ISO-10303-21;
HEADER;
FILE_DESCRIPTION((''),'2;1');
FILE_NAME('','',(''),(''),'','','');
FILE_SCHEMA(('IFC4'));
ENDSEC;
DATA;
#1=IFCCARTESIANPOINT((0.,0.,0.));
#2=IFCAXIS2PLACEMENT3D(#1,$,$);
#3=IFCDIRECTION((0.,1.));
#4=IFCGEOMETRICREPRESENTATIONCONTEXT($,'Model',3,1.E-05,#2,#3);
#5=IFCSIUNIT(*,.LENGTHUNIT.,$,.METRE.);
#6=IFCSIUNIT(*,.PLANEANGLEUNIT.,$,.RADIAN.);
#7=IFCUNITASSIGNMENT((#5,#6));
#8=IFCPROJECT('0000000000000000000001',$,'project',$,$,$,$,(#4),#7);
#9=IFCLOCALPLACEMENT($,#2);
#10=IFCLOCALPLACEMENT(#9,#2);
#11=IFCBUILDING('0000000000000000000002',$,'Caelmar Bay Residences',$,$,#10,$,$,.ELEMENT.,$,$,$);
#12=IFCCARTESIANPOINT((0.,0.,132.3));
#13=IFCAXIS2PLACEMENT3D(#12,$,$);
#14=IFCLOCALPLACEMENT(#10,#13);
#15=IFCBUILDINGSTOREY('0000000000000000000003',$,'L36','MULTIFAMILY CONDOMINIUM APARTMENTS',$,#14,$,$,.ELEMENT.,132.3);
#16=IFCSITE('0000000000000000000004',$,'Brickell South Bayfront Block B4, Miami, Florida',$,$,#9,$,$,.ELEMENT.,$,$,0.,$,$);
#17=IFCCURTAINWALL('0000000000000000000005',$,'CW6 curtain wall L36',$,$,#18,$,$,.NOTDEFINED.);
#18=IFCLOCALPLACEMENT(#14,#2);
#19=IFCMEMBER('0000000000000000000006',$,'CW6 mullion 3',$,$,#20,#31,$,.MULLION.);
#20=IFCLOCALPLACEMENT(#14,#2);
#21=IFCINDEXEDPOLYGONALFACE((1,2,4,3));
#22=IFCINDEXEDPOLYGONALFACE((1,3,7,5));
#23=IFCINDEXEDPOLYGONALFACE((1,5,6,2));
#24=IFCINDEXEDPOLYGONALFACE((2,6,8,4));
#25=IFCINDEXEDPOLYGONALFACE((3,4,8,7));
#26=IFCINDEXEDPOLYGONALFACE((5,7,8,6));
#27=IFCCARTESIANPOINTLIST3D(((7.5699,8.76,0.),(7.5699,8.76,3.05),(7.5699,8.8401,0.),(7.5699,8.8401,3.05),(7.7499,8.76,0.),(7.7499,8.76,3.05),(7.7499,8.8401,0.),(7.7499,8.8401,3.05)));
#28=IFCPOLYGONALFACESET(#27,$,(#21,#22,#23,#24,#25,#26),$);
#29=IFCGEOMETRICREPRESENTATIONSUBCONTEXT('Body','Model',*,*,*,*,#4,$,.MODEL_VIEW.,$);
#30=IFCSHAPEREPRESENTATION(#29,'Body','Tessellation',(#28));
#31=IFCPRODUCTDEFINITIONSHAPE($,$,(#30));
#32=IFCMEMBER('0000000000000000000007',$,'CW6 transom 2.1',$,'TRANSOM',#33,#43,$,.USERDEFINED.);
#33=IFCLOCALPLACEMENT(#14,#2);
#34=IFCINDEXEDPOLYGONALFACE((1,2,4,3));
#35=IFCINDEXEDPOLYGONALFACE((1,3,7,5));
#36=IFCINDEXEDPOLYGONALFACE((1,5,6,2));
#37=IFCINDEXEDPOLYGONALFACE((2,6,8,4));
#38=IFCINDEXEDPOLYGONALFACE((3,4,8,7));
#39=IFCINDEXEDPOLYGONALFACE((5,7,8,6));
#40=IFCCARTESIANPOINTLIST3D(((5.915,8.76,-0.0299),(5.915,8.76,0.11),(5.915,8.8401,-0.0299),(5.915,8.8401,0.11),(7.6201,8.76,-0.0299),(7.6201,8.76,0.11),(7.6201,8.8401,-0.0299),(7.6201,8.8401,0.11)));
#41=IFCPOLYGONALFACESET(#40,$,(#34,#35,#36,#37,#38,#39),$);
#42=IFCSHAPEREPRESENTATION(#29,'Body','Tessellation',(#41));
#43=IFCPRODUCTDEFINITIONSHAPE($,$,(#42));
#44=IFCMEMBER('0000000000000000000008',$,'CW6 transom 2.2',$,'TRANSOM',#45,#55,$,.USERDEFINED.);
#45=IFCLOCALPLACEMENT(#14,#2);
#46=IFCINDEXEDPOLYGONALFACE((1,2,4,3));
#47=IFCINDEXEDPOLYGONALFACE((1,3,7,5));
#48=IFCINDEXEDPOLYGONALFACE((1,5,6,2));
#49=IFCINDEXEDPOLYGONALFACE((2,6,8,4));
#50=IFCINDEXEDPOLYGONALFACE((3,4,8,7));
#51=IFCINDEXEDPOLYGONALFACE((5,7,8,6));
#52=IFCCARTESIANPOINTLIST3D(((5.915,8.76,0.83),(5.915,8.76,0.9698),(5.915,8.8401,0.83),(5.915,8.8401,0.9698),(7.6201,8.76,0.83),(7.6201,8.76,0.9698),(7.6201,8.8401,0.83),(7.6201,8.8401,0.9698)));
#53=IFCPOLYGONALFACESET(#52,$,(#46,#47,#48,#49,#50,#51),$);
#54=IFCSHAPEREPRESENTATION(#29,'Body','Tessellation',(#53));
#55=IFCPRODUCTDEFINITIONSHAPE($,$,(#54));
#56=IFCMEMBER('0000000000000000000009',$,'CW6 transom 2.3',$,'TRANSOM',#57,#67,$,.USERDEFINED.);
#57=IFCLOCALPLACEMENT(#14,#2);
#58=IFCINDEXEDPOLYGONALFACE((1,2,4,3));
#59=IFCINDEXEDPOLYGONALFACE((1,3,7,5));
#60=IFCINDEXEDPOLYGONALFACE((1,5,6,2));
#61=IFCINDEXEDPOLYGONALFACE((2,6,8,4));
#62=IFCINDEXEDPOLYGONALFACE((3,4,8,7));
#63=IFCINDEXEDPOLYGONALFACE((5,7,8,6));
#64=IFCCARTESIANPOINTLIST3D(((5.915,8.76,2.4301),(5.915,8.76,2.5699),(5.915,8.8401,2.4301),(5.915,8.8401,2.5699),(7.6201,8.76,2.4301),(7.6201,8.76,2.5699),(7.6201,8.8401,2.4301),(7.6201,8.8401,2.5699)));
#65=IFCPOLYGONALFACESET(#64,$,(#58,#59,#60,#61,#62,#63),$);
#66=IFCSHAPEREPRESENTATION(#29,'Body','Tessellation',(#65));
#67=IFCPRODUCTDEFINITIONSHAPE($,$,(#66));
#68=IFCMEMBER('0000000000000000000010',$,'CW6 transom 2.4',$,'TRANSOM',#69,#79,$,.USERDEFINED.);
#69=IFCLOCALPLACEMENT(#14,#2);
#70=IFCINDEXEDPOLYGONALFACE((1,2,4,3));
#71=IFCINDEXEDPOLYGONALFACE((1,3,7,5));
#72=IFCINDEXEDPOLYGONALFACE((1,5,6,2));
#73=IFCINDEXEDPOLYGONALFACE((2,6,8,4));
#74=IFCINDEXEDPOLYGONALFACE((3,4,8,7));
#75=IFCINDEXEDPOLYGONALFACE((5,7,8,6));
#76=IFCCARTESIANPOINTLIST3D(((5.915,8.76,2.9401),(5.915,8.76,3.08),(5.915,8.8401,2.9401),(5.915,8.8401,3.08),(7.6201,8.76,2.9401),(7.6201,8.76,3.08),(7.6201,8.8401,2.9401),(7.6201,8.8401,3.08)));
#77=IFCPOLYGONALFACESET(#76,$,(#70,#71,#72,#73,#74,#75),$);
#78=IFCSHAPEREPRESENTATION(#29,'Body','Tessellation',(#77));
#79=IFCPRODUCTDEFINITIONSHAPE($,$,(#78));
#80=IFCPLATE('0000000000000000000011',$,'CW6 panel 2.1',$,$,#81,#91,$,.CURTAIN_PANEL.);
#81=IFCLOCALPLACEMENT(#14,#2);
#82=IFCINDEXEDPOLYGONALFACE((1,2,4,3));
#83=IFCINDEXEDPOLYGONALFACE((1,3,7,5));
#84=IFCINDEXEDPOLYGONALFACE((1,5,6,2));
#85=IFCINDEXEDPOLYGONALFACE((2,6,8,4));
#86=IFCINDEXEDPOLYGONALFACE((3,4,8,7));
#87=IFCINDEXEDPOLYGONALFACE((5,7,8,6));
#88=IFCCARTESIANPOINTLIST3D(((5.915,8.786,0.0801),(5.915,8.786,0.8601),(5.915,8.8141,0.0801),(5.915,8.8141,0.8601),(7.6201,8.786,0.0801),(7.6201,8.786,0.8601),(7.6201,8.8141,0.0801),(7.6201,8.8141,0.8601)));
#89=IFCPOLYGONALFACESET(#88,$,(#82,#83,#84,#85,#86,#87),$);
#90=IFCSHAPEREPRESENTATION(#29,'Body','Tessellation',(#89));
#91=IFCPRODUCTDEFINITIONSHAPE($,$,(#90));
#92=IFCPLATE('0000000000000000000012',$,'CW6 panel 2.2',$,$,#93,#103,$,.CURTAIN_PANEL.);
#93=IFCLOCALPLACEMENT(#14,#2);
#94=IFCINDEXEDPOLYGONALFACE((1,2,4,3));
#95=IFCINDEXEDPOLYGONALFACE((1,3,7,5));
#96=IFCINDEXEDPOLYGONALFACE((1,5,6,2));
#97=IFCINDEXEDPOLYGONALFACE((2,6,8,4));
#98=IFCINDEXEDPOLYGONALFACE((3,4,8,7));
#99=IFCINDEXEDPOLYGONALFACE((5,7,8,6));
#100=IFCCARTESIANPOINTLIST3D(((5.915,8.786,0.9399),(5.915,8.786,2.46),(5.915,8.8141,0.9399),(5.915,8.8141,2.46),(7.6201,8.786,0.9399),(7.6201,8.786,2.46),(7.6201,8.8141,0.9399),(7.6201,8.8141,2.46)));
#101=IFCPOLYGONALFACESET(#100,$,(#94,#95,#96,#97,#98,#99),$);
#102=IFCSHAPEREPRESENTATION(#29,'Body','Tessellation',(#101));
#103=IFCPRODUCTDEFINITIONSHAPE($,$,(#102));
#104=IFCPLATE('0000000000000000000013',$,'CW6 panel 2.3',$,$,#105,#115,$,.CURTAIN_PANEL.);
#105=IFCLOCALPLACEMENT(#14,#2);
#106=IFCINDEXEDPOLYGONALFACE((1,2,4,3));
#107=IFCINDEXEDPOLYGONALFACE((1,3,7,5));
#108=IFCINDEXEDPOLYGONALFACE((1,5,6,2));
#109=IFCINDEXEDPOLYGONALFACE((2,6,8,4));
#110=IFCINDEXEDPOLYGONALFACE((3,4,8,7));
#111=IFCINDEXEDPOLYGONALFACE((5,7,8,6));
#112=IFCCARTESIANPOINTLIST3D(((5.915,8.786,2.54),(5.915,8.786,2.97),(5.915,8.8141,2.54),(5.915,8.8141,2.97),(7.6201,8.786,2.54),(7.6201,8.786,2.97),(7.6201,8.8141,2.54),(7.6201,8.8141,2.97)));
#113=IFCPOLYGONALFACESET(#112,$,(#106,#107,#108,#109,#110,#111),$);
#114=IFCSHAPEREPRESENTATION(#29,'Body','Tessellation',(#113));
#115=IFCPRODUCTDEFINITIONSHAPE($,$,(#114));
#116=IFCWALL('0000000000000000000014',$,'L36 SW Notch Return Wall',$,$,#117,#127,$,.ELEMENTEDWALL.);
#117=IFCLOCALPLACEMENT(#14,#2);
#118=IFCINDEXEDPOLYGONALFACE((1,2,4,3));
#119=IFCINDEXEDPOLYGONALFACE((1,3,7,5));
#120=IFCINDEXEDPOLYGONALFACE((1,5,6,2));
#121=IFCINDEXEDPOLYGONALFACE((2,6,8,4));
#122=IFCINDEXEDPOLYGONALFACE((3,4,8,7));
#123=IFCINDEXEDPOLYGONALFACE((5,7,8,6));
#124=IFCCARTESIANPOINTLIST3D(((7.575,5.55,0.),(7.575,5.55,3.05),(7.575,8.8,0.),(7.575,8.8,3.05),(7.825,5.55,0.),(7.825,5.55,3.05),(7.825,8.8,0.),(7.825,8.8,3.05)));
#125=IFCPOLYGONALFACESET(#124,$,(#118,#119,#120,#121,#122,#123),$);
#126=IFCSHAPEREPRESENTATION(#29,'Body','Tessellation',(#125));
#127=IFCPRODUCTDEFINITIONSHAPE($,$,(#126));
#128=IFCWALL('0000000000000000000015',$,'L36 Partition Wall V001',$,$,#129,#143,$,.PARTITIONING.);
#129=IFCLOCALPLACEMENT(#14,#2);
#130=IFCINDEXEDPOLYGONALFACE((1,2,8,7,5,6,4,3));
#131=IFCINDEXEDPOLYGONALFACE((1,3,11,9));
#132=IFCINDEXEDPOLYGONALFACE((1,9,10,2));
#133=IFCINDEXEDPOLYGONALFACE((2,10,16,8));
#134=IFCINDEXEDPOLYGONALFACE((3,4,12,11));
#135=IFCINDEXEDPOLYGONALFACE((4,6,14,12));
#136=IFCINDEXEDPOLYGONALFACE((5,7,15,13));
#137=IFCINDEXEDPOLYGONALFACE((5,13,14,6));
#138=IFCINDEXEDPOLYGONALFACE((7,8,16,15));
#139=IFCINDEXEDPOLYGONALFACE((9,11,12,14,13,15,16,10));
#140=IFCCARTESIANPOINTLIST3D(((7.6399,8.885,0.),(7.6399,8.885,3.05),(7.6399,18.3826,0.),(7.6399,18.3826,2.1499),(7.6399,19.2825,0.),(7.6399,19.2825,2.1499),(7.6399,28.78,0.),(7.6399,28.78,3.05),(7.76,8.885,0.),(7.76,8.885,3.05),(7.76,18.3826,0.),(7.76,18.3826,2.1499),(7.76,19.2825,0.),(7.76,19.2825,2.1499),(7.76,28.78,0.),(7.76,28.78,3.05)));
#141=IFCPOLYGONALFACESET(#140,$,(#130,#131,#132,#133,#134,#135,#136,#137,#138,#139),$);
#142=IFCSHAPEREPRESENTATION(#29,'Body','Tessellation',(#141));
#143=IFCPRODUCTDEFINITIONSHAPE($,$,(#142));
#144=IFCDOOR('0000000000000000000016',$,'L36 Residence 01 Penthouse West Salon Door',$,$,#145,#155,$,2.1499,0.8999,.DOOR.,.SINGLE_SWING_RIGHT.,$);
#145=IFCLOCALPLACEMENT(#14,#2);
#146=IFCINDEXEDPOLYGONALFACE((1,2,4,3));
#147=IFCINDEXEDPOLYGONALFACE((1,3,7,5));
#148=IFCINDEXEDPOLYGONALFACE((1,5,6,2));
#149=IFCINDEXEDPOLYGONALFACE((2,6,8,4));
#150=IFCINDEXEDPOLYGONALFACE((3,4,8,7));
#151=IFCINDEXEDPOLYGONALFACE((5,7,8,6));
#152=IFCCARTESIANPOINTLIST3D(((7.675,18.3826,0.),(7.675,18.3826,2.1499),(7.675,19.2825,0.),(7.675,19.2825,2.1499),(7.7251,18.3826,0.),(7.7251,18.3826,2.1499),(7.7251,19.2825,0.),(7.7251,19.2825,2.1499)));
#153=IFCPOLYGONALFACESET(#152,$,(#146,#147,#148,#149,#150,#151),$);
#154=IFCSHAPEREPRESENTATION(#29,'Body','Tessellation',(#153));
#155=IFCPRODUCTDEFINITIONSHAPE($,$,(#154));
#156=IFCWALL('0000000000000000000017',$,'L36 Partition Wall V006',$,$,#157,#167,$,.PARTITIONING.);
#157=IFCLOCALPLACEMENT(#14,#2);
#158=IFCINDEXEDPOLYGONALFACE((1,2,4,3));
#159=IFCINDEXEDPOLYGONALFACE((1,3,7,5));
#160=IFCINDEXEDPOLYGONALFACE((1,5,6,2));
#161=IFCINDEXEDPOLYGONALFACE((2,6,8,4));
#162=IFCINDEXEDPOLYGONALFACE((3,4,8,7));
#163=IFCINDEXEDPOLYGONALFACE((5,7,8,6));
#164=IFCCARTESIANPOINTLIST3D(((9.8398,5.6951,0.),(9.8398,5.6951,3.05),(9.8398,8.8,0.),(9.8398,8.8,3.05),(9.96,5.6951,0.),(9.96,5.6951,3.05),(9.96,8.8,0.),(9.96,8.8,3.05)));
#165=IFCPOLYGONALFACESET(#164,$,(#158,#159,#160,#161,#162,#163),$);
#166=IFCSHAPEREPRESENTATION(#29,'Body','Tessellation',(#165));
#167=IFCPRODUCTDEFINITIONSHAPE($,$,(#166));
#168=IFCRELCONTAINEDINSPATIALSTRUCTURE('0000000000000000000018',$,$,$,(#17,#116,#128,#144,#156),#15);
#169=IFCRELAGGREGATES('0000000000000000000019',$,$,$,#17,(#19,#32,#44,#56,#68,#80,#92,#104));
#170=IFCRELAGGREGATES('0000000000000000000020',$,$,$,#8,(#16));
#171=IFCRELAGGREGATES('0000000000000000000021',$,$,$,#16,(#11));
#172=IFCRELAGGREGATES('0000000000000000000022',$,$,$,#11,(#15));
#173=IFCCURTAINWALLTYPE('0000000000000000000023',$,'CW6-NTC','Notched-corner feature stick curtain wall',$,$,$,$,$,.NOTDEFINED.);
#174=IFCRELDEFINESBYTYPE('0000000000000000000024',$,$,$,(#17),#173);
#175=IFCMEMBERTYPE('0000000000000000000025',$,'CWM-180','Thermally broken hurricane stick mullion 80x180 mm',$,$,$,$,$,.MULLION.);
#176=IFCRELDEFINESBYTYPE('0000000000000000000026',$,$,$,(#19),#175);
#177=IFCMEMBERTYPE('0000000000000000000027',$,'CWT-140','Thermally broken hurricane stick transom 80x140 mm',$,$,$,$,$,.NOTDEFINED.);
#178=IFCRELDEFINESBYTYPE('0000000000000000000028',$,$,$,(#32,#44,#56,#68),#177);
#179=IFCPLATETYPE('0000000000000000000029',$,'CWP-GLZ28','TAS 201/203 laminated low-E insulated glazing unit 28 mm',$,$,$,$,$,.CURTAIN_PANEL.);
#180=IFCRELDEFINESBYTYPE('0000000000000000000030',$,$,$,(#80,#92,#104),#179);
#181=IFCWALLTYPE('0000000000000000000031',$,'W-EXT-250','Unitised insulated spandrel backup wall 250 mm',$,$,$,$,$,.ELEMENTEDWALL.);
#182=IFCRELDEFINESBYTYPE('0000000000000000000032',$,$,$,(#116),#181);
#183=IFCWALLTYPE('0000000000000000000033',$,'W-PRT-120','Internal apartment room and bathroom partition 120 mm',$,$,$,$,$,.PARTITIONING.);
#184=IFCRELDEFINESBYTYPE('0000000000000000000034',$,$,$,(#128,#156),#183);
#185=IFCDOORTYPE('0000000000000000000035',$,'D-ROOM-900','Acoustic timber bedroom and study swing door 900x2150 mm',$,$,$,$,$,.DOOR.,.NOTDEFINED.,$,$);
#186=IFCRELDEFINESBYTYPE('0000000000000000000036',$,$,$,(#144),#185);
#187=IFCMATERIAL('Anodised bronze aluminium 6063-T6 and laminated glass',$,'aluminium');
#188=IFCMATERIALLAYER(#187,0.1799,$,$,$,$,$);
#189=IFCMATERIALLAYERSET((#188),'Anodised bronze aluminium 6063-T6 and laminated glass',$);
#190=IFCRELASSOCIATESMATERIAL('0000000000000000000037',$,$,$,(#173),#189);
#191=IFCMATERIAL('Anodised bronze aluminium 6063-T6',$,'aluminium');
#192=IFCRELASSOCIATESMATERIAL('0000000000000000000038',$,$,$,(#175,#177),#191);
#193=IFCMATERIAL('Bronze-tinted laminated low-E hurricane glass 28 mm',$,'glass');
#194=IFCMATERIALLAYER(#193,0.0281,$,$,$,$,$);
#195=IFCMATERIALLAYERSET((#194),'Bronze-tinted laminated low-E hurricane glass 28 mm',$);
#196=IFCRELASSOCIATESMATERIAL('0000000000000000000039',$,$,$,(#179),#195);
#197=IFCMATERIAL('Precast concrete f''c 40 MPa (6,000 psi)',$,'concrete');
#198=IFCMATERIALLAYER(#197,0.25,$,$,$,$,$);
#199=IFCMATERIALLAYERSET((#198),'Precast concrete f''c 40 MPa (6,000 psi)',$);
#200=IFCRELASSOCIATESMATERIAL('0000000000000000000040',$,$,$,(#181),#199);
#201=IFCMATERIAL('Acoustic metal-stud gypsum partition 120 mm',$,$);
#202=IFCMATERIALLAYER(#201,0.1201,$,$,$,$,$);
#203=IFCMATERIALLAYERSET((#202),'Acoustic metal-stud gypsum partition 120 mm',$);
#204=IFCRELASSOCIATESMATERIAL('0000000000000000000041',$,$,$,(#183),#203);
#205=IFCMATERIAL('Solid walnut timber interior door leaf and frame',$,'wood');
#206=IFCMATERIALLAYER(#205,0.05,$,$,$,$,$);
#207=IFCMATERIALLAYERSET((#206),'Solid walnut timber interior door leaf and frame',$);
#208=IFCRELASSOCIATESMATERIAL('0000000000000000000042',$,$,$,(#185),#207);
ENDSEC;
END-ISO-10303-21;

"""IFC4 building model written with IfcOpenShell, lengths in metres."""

from ifc_helpers import new_model, si_unit, direction, frame, frame_2d, origin, origin_2d, place, context, subcontext, project, spatial, rectangle, extrude, material, layer, layer_set, material_profile, profile_set, type_object, element, fill, aggregate, save


model = new_model("IFC4")

# Units and contexts
model_context = context("Model", 3, precision=1e-05, world=origin(), true_north=direction((0.0, 1.0)))
body_context = subcontext(model_context, "Body", "Model", "MODEL_VIEW")
ifc_project = project(units=[si_unit("LENGTHUNIT", "METRE"), si_unit("PLANEANGLEUNIT", "RADIAN")], contexts=[model_context])

# Site, building, storey
site_placement = place(None, origin())
site = spatial("IfcSite", under=ifc_project, at=site_placement, Name="Brickell South Bayfront Block B4, Miami, Florida", CompositionType="ELEMENT", RefElevation=0.0)
building_placement = place(site_placement, origin())
building = spatial("IfcBuilding", under=site, at=building_placement, Name="Caelmar Bay Residences", CompositionType="ELEMENT")
storey_placement = place(building_placement, frame((0.0, 0.0, 132.3)))
storey = spatial("IfcBuildingStorey", under=building, at=storey_placement, Name="L36", Description="MULTIFAMILY CONDOMINIUM APARTMENTS", CompositionType="ELEMENT", Elevation=132.3)

# Curtain wall, members, plates
ifc_material_1 = material(Name="Anodised bronze aluminium 6063-T6 and laminated glass", Category="aluminium")
ifc_layer_1 = layer(ifc_material_1, 0.1799)
ifc_layer_set_1 = layer_set([ifc_layer_1], Name="Anodised bronze aluminium 6063-T6 and laminated glass")
curtain_wall_type = type_object("IfcCurtainWallType", Name="CW6-NTC", Description="Notched-corner feature stick curtain wall", PredefinedType="NOTDEFINED", material=ifc_layer_set_1)
curtain_wall_placement = place(storey_placement, origin())
curtain_wall = element("IfcCurtainWall", 1, at=curtain_wall_placement, inside=storey, type_object=curtain_wall_type, Name="CW6 curtain wall L36", PredefinedType="NOTDEFINED")
ifc_material_2 = material(Name="Anodised bronze aluminium 6063-T6", Category="aluminium")
ifc_material_profile_1 = material_profile(ifc_material_2, rectangle(XDim=0.0801, YDim=0.1799, at=origin_2d()), Name="CWM-80X180")
ifc_profile_set_1 = profile_set([ifc_material_profile_1], Name="Anodised bronze aluminium 6063-T6")
member_type_1 = type_object("IfcMemberType", Name="CWM-180", Description="Thermally broken hurricane stick mullion 80x180 mm", PredefinedType="MULLION", material=ifc_profile_set_1)
member_1_placement = place(storey_placement, frame((7.6599, 8.8, 0.0), z_axis=(0.0, 0.0, 1.0), x_axis=(0.0, 1.0, 0.0)))
member_1 = element("IfcMember", 2, at=member_1_placement, type_object=member_type_1, Name="CW6 mullion 3", PredefinedType="MULLION", context=body_context, shape_type="SweptSolid", body=[
    extrude(rectangle(XDim=0.0801, YDim=0.1799, at=origin_2d()), origin(), (0.0, 0.0, 1.0), 3.05),
])
ifc_material_profile_2 = material_profile(ifc_material_2, rectangle(XDim=0.0801, YDim=0.1399, at=origin_2d()), Name="CWT-80X140")
ifc_profile_set_2 = profile_set([ifc_material_profile_2], Name="Anodised bronze aluminium 6063-T6")
member_type_2 = type_object("IfcMemberType", Name="CWT-140", Description="Thermally broken hurricane stick transom 80x140 mm", PredefinedType="NOTDEFINED", material=ifc_profile_set_2)
member_2_placement = place(storey_placement, frame((5.915, 8.8, 0.04), z_axis=(1.0, 0.0, 0.0), x_axis=(0.0, 1.0, 0.0)))
member_2 = element("IfcMember", 3, at=member_2_placement, type_object=member_type_2, Name="CW6 transom 2.1", ObjectType="TRANSOM", PredefinedType="USERDEFINED", context=body_context, shape_type="SweptSolid", body=[
    extrude(rectangle(XDim=0.0801, YDim=0.1399, at=origin_2d()), origin(), (0.0, 0.0, 1.0), 1.7051),
])
member_3_placement = place(storey_placement, frame((5.915, 8.8, 0.8999), z_axis=(1.0, 0.0, 0.0), x_axis=(0.0, 1.0, 0.0)))
member_3 = element("IfcMember", 4, at=member_3_placement, type_object=member_type_2, Name="CW6 transom 2.2", ObjectType="TRANSOM", PredefinedType="USERDEFINED", context=body_context, shape_type="SweptSolid", body=[
    extrude(rectangle(XDim=0.0801, YDim=0.1399, at=origin_2d()), origin(), (0.0, 0.0, 1.0), 1.7051),
])
member_4_placement = place(storey_placement, frame((5.915, 8.8, 2.5), z_axis=(1.0, 0.0, 0.0), x_axis=(0.0, 1.0, 0.0)))
member_4 = element("IfcMember", 5, at=member_4_placement, type_object=member_type_2, Name="CW6 transom 2.3", ObjectType="TRANSOM", PredefinedType="USERDEFINED", context=body_context, shape_type="SweptSolid", body=[
    extrude(rectangle(XDim=0.0801, YDim=0.1399, at=origin_2d()), origin(), (0.0, 0.0, 1.0), 1.7051),
])
member_5_placement = place(storey_placement, frame((5.915, 8.8, 3.01), z_axis=(1.0, 0.0, 0.0), x_axis=(0.0, 1.0, 0.0)))
member_5 = element("IfcMember", 6, at=member_5_placement, type_object=member_type_2, Name="CW6 transom 2.4", ObjectType="TRANSOM", PredefinedType="USERDEFINED", context=body_context, shape_type="SweptSolid", body=[
    extrude(rectangle(XDim=0.0801, YDim=0.1399, at=origin_2d()), origin(), (0.0, 0.0, 1.0), 1.7051),
])
ifc_material_3 = material(Name="Bronze-tinted laminated low-E hurricane glass 28 mm", Category="glass")
ifc_layer_2 = layer(ifc_material_3, 0.0281)
ifc_layer_set_2 = layer_set([ifc_layer_2], Name="Bronze-tinted laminated low-E hurricane glass 28 mm")
plate_type = type_object("IfcPlateType", Name="CWP-GLZ28", Description="TAS 201/203 laminated low-E insulated glazing unit 28 mm", PredefinedType="CURTAIN_PANEL", material=ifc_layer_set_2)
plate_1_placement = place(storey_placement, frame((6.7676, 8.8, 0.0801), z_axis=(0.0, 0.0, 1.0), x_axis=(1.0, 0.0, 0.0)))
plate_1 = element("IfcPlate", 7, at=plate_1_placement, type_object=plate_type, Name="CW6 panel 2.1", PredefinedType="CURTAIN_PANEL", context=body_context, shape_type="SweptSolid", body=[
    extrude(rectangle(XDim=1.7051, YDim=0.0281, at=origin_2d()), origin(), (0.0, 0.0, 1.0), 0.78),
])
plate_2_placement = place(storey_placement, frame((6.7676, 8.8, 0.9399), z_axis=(0.0, 0.0, 1.0), x_axis=(1.0, 0.0, 0.0)))
plate_2 = element("IfcPlate", 8, at=plate_2_placement, type_object=plate_type, Name="CW6 panel 2.2", PredefinedType="CURTAIN_PANEL", context=body_context, shape_type="SweptSolid", body=[
    extrude(rectangle(XDim=1.7051, YDim=0.0281, at=origin_2d()), origin(), (0.0, 0.0, 1.0), 1.52),
])
plate_3_placement = place(storey_placement, frame((6.7676, 8.8, 2.54), z_axis=(0.0, 0.0, 1.0), x_axis=(1.0, 0.0, 0.0)))
plate_3 = element("IfcPlate", 9, at=plate_3_placement, type_object=plate_type, Name="CW6 panel 2.3", PredefinedType="CURTAIN_PANEL", context=body_context, shape_type="SweptSolid", body=[
    extrude(rectangle(XDim=1.7051, YDim=0.0281, at=origin_2d()), origin(), (0.0, 0.0, 1.0), 0.4299),
])
aggregate(curtain_wall, [member_1, member_2, member_3, member_4, member_5, plate_1, plate_2, plate_3])

# Wall
ifc_material_4 = material(Name="Precast concrete f'c 40 MPa (6,000 psi)", Category="concrete")
ifc_layer_3 = layer(ifc_material_4, 0.25)
ifc_layer_set_3 = layer_set([ifc_layer_3], Name="Precast concrete f'c 40 MPa (6,000 psi)")
wall_type_1 = type_object("IfcWallType", Name="W-EXT-250", Description="Unitised insulated spandrel backup wall 250 mm", PredefinedType="ELEMENTEDWALL", material=ifc_layer_set_3)
wall_1_placement = place(storey_placement, frame((7.7, 8.8, 0.0), z_axis=(0.0, 0.0, 1.0), x_axis=(0.0, -1.0, 0.0)))
element("IfcWall", 10, at=wall_1_placement, inside=storey, type_object=wall_type_1, Name="L36 SW Notch Return Wall", PredefinedType="ELEMENTEDWALL", context=body_context, shape_type="SweptSolid", body=[
    extrude(rectangle(XDim=3.25, YDim=0.25, at=frame_2d((1.625, 0.0))), origin(), (0.0, 0.0, 1.0), 3.05),
])

# Wall, opening, door
ifc_material_5 = material(Name="Acoustic metal-stud gypsum partition 120 mm")
ifc_layer_4 = layer(ifc_material_5, 0.1201)
ifc_layer_set_4 = layer_set([ifc_layer_4], Name="Acoustic metal-stud gypsum partition 120 mm")
wall_type_2 = type_object("IfcWallType", Name="W-PRT-120", Description="Internal apartment room and bathroom partition 120 mm", PredefinedType="PARTITIONING", material=ifc_layer_set_4)
wall_2_placement = place(storey_placement, frame((7.7, 8.885, 0.0), z_axis=(0.0, 0.0, 1.0), x_axis=(0.0, 1.0, 0.0)))
wall_2 = element("IfcWall", 11, at=wall_2_placement, inside=storey, type_object=wall_type_2, Name="L36 Partition Wall V001", PredefinedType="PARTITIONING", context=body_context, shape_type="SweptSolid", body=[
    extrude(rectangle(XDim=19.895, YDim=0.1201, at=frame_2d((9.9475, 0.0))), origin(), (0.0, 0.0, 1.0), 3.05),
])
opening_1_placement = place(wall_2_placement, frame((9.4976, 0.0, 0.0)))
opening_1 = element("IfcOpeningElement", 12, at=opening_1_placement, cuts=wall_2, PredefinedType="OPENING", context=body_context, shape_type="SweptSolid", body=[
    extrude(rectangle(XDim=0.8999, YDim=2.1499, at=frame_2d((0.45, 1.075))), frame((0.0, 0.0701, 0.0), z_axis=(0.0, -1.0, 0.0), x_axis=(1.0, 0.0, 0.0)), (0.0, 0.0, 1.0), 0.1401),
])
ifc_material_6 = material(Name="Solid walnut timber interior door leaf and frame", Category="wood")
ifc_layer_5 = layer(ifc_material_6, 0.05)
ifc_layer_set_5 = layer_set([ifc_layer_5], Name="Solid walnut timber interior door leaf and frame")
door_type = type_object("IfcDoorType", Name="D-ROOM-900", Description="Acoustic timber bedroom and study swing door 900x2150 mm", OperationType="NOTDEFINED", PredefinedType="DOOR", material=ifc_layer_set_5)
door_1_placement = place(opening_1_placement, origin())
door_1 = element("IfcDoor", 13, at=door_1_placement, inside=storey, type_object=door_type, Name="L36 Residence 01 Penthouse West Salon Door", OperationType="SINGLE_SWING_RIGHT", OverallHeight=2.1499, OverallWidth=0.8999, PredefinedType="DOOR", context=body_context, shape_type="SweptSolid", body=[
    extrude(rectangle(XDim=0.8999, YDim=2.1499, at=frame_2d((0.45, 1.075))), frame((0.0, 0.0249, 0.0), z_axis=(0.0, -1.0, 0.0), x_axis=(1.0, 0.0, 0.0)), (0.0, 0.0, 1.0), 0.05),
])
fill(opening_1, door_1)

# Wall
wall_3_placement = place(storey_placement, frame((9.8999, 5.6951, 0.0), z_axis=(0.0, 0.0, 1.0), x_axis=(0.0, 1.0, 0.0)))
element("IfcWall", 14, at=wall_3_placement, inside=storey, type_object=wall_type_2, Name="L36 Partition Wall V006", PredefinedType="PARTITIONING", context=body_context, shape_type="SweptSolid", body=[
    extrude(rectangle(XDim=3.105, YDim=0.1201, at=frame_2d((1.5525, 0.0))), origin(), (0.0, 0.0, 1.0), 3.05),
])

save(model, "model.ifc")
